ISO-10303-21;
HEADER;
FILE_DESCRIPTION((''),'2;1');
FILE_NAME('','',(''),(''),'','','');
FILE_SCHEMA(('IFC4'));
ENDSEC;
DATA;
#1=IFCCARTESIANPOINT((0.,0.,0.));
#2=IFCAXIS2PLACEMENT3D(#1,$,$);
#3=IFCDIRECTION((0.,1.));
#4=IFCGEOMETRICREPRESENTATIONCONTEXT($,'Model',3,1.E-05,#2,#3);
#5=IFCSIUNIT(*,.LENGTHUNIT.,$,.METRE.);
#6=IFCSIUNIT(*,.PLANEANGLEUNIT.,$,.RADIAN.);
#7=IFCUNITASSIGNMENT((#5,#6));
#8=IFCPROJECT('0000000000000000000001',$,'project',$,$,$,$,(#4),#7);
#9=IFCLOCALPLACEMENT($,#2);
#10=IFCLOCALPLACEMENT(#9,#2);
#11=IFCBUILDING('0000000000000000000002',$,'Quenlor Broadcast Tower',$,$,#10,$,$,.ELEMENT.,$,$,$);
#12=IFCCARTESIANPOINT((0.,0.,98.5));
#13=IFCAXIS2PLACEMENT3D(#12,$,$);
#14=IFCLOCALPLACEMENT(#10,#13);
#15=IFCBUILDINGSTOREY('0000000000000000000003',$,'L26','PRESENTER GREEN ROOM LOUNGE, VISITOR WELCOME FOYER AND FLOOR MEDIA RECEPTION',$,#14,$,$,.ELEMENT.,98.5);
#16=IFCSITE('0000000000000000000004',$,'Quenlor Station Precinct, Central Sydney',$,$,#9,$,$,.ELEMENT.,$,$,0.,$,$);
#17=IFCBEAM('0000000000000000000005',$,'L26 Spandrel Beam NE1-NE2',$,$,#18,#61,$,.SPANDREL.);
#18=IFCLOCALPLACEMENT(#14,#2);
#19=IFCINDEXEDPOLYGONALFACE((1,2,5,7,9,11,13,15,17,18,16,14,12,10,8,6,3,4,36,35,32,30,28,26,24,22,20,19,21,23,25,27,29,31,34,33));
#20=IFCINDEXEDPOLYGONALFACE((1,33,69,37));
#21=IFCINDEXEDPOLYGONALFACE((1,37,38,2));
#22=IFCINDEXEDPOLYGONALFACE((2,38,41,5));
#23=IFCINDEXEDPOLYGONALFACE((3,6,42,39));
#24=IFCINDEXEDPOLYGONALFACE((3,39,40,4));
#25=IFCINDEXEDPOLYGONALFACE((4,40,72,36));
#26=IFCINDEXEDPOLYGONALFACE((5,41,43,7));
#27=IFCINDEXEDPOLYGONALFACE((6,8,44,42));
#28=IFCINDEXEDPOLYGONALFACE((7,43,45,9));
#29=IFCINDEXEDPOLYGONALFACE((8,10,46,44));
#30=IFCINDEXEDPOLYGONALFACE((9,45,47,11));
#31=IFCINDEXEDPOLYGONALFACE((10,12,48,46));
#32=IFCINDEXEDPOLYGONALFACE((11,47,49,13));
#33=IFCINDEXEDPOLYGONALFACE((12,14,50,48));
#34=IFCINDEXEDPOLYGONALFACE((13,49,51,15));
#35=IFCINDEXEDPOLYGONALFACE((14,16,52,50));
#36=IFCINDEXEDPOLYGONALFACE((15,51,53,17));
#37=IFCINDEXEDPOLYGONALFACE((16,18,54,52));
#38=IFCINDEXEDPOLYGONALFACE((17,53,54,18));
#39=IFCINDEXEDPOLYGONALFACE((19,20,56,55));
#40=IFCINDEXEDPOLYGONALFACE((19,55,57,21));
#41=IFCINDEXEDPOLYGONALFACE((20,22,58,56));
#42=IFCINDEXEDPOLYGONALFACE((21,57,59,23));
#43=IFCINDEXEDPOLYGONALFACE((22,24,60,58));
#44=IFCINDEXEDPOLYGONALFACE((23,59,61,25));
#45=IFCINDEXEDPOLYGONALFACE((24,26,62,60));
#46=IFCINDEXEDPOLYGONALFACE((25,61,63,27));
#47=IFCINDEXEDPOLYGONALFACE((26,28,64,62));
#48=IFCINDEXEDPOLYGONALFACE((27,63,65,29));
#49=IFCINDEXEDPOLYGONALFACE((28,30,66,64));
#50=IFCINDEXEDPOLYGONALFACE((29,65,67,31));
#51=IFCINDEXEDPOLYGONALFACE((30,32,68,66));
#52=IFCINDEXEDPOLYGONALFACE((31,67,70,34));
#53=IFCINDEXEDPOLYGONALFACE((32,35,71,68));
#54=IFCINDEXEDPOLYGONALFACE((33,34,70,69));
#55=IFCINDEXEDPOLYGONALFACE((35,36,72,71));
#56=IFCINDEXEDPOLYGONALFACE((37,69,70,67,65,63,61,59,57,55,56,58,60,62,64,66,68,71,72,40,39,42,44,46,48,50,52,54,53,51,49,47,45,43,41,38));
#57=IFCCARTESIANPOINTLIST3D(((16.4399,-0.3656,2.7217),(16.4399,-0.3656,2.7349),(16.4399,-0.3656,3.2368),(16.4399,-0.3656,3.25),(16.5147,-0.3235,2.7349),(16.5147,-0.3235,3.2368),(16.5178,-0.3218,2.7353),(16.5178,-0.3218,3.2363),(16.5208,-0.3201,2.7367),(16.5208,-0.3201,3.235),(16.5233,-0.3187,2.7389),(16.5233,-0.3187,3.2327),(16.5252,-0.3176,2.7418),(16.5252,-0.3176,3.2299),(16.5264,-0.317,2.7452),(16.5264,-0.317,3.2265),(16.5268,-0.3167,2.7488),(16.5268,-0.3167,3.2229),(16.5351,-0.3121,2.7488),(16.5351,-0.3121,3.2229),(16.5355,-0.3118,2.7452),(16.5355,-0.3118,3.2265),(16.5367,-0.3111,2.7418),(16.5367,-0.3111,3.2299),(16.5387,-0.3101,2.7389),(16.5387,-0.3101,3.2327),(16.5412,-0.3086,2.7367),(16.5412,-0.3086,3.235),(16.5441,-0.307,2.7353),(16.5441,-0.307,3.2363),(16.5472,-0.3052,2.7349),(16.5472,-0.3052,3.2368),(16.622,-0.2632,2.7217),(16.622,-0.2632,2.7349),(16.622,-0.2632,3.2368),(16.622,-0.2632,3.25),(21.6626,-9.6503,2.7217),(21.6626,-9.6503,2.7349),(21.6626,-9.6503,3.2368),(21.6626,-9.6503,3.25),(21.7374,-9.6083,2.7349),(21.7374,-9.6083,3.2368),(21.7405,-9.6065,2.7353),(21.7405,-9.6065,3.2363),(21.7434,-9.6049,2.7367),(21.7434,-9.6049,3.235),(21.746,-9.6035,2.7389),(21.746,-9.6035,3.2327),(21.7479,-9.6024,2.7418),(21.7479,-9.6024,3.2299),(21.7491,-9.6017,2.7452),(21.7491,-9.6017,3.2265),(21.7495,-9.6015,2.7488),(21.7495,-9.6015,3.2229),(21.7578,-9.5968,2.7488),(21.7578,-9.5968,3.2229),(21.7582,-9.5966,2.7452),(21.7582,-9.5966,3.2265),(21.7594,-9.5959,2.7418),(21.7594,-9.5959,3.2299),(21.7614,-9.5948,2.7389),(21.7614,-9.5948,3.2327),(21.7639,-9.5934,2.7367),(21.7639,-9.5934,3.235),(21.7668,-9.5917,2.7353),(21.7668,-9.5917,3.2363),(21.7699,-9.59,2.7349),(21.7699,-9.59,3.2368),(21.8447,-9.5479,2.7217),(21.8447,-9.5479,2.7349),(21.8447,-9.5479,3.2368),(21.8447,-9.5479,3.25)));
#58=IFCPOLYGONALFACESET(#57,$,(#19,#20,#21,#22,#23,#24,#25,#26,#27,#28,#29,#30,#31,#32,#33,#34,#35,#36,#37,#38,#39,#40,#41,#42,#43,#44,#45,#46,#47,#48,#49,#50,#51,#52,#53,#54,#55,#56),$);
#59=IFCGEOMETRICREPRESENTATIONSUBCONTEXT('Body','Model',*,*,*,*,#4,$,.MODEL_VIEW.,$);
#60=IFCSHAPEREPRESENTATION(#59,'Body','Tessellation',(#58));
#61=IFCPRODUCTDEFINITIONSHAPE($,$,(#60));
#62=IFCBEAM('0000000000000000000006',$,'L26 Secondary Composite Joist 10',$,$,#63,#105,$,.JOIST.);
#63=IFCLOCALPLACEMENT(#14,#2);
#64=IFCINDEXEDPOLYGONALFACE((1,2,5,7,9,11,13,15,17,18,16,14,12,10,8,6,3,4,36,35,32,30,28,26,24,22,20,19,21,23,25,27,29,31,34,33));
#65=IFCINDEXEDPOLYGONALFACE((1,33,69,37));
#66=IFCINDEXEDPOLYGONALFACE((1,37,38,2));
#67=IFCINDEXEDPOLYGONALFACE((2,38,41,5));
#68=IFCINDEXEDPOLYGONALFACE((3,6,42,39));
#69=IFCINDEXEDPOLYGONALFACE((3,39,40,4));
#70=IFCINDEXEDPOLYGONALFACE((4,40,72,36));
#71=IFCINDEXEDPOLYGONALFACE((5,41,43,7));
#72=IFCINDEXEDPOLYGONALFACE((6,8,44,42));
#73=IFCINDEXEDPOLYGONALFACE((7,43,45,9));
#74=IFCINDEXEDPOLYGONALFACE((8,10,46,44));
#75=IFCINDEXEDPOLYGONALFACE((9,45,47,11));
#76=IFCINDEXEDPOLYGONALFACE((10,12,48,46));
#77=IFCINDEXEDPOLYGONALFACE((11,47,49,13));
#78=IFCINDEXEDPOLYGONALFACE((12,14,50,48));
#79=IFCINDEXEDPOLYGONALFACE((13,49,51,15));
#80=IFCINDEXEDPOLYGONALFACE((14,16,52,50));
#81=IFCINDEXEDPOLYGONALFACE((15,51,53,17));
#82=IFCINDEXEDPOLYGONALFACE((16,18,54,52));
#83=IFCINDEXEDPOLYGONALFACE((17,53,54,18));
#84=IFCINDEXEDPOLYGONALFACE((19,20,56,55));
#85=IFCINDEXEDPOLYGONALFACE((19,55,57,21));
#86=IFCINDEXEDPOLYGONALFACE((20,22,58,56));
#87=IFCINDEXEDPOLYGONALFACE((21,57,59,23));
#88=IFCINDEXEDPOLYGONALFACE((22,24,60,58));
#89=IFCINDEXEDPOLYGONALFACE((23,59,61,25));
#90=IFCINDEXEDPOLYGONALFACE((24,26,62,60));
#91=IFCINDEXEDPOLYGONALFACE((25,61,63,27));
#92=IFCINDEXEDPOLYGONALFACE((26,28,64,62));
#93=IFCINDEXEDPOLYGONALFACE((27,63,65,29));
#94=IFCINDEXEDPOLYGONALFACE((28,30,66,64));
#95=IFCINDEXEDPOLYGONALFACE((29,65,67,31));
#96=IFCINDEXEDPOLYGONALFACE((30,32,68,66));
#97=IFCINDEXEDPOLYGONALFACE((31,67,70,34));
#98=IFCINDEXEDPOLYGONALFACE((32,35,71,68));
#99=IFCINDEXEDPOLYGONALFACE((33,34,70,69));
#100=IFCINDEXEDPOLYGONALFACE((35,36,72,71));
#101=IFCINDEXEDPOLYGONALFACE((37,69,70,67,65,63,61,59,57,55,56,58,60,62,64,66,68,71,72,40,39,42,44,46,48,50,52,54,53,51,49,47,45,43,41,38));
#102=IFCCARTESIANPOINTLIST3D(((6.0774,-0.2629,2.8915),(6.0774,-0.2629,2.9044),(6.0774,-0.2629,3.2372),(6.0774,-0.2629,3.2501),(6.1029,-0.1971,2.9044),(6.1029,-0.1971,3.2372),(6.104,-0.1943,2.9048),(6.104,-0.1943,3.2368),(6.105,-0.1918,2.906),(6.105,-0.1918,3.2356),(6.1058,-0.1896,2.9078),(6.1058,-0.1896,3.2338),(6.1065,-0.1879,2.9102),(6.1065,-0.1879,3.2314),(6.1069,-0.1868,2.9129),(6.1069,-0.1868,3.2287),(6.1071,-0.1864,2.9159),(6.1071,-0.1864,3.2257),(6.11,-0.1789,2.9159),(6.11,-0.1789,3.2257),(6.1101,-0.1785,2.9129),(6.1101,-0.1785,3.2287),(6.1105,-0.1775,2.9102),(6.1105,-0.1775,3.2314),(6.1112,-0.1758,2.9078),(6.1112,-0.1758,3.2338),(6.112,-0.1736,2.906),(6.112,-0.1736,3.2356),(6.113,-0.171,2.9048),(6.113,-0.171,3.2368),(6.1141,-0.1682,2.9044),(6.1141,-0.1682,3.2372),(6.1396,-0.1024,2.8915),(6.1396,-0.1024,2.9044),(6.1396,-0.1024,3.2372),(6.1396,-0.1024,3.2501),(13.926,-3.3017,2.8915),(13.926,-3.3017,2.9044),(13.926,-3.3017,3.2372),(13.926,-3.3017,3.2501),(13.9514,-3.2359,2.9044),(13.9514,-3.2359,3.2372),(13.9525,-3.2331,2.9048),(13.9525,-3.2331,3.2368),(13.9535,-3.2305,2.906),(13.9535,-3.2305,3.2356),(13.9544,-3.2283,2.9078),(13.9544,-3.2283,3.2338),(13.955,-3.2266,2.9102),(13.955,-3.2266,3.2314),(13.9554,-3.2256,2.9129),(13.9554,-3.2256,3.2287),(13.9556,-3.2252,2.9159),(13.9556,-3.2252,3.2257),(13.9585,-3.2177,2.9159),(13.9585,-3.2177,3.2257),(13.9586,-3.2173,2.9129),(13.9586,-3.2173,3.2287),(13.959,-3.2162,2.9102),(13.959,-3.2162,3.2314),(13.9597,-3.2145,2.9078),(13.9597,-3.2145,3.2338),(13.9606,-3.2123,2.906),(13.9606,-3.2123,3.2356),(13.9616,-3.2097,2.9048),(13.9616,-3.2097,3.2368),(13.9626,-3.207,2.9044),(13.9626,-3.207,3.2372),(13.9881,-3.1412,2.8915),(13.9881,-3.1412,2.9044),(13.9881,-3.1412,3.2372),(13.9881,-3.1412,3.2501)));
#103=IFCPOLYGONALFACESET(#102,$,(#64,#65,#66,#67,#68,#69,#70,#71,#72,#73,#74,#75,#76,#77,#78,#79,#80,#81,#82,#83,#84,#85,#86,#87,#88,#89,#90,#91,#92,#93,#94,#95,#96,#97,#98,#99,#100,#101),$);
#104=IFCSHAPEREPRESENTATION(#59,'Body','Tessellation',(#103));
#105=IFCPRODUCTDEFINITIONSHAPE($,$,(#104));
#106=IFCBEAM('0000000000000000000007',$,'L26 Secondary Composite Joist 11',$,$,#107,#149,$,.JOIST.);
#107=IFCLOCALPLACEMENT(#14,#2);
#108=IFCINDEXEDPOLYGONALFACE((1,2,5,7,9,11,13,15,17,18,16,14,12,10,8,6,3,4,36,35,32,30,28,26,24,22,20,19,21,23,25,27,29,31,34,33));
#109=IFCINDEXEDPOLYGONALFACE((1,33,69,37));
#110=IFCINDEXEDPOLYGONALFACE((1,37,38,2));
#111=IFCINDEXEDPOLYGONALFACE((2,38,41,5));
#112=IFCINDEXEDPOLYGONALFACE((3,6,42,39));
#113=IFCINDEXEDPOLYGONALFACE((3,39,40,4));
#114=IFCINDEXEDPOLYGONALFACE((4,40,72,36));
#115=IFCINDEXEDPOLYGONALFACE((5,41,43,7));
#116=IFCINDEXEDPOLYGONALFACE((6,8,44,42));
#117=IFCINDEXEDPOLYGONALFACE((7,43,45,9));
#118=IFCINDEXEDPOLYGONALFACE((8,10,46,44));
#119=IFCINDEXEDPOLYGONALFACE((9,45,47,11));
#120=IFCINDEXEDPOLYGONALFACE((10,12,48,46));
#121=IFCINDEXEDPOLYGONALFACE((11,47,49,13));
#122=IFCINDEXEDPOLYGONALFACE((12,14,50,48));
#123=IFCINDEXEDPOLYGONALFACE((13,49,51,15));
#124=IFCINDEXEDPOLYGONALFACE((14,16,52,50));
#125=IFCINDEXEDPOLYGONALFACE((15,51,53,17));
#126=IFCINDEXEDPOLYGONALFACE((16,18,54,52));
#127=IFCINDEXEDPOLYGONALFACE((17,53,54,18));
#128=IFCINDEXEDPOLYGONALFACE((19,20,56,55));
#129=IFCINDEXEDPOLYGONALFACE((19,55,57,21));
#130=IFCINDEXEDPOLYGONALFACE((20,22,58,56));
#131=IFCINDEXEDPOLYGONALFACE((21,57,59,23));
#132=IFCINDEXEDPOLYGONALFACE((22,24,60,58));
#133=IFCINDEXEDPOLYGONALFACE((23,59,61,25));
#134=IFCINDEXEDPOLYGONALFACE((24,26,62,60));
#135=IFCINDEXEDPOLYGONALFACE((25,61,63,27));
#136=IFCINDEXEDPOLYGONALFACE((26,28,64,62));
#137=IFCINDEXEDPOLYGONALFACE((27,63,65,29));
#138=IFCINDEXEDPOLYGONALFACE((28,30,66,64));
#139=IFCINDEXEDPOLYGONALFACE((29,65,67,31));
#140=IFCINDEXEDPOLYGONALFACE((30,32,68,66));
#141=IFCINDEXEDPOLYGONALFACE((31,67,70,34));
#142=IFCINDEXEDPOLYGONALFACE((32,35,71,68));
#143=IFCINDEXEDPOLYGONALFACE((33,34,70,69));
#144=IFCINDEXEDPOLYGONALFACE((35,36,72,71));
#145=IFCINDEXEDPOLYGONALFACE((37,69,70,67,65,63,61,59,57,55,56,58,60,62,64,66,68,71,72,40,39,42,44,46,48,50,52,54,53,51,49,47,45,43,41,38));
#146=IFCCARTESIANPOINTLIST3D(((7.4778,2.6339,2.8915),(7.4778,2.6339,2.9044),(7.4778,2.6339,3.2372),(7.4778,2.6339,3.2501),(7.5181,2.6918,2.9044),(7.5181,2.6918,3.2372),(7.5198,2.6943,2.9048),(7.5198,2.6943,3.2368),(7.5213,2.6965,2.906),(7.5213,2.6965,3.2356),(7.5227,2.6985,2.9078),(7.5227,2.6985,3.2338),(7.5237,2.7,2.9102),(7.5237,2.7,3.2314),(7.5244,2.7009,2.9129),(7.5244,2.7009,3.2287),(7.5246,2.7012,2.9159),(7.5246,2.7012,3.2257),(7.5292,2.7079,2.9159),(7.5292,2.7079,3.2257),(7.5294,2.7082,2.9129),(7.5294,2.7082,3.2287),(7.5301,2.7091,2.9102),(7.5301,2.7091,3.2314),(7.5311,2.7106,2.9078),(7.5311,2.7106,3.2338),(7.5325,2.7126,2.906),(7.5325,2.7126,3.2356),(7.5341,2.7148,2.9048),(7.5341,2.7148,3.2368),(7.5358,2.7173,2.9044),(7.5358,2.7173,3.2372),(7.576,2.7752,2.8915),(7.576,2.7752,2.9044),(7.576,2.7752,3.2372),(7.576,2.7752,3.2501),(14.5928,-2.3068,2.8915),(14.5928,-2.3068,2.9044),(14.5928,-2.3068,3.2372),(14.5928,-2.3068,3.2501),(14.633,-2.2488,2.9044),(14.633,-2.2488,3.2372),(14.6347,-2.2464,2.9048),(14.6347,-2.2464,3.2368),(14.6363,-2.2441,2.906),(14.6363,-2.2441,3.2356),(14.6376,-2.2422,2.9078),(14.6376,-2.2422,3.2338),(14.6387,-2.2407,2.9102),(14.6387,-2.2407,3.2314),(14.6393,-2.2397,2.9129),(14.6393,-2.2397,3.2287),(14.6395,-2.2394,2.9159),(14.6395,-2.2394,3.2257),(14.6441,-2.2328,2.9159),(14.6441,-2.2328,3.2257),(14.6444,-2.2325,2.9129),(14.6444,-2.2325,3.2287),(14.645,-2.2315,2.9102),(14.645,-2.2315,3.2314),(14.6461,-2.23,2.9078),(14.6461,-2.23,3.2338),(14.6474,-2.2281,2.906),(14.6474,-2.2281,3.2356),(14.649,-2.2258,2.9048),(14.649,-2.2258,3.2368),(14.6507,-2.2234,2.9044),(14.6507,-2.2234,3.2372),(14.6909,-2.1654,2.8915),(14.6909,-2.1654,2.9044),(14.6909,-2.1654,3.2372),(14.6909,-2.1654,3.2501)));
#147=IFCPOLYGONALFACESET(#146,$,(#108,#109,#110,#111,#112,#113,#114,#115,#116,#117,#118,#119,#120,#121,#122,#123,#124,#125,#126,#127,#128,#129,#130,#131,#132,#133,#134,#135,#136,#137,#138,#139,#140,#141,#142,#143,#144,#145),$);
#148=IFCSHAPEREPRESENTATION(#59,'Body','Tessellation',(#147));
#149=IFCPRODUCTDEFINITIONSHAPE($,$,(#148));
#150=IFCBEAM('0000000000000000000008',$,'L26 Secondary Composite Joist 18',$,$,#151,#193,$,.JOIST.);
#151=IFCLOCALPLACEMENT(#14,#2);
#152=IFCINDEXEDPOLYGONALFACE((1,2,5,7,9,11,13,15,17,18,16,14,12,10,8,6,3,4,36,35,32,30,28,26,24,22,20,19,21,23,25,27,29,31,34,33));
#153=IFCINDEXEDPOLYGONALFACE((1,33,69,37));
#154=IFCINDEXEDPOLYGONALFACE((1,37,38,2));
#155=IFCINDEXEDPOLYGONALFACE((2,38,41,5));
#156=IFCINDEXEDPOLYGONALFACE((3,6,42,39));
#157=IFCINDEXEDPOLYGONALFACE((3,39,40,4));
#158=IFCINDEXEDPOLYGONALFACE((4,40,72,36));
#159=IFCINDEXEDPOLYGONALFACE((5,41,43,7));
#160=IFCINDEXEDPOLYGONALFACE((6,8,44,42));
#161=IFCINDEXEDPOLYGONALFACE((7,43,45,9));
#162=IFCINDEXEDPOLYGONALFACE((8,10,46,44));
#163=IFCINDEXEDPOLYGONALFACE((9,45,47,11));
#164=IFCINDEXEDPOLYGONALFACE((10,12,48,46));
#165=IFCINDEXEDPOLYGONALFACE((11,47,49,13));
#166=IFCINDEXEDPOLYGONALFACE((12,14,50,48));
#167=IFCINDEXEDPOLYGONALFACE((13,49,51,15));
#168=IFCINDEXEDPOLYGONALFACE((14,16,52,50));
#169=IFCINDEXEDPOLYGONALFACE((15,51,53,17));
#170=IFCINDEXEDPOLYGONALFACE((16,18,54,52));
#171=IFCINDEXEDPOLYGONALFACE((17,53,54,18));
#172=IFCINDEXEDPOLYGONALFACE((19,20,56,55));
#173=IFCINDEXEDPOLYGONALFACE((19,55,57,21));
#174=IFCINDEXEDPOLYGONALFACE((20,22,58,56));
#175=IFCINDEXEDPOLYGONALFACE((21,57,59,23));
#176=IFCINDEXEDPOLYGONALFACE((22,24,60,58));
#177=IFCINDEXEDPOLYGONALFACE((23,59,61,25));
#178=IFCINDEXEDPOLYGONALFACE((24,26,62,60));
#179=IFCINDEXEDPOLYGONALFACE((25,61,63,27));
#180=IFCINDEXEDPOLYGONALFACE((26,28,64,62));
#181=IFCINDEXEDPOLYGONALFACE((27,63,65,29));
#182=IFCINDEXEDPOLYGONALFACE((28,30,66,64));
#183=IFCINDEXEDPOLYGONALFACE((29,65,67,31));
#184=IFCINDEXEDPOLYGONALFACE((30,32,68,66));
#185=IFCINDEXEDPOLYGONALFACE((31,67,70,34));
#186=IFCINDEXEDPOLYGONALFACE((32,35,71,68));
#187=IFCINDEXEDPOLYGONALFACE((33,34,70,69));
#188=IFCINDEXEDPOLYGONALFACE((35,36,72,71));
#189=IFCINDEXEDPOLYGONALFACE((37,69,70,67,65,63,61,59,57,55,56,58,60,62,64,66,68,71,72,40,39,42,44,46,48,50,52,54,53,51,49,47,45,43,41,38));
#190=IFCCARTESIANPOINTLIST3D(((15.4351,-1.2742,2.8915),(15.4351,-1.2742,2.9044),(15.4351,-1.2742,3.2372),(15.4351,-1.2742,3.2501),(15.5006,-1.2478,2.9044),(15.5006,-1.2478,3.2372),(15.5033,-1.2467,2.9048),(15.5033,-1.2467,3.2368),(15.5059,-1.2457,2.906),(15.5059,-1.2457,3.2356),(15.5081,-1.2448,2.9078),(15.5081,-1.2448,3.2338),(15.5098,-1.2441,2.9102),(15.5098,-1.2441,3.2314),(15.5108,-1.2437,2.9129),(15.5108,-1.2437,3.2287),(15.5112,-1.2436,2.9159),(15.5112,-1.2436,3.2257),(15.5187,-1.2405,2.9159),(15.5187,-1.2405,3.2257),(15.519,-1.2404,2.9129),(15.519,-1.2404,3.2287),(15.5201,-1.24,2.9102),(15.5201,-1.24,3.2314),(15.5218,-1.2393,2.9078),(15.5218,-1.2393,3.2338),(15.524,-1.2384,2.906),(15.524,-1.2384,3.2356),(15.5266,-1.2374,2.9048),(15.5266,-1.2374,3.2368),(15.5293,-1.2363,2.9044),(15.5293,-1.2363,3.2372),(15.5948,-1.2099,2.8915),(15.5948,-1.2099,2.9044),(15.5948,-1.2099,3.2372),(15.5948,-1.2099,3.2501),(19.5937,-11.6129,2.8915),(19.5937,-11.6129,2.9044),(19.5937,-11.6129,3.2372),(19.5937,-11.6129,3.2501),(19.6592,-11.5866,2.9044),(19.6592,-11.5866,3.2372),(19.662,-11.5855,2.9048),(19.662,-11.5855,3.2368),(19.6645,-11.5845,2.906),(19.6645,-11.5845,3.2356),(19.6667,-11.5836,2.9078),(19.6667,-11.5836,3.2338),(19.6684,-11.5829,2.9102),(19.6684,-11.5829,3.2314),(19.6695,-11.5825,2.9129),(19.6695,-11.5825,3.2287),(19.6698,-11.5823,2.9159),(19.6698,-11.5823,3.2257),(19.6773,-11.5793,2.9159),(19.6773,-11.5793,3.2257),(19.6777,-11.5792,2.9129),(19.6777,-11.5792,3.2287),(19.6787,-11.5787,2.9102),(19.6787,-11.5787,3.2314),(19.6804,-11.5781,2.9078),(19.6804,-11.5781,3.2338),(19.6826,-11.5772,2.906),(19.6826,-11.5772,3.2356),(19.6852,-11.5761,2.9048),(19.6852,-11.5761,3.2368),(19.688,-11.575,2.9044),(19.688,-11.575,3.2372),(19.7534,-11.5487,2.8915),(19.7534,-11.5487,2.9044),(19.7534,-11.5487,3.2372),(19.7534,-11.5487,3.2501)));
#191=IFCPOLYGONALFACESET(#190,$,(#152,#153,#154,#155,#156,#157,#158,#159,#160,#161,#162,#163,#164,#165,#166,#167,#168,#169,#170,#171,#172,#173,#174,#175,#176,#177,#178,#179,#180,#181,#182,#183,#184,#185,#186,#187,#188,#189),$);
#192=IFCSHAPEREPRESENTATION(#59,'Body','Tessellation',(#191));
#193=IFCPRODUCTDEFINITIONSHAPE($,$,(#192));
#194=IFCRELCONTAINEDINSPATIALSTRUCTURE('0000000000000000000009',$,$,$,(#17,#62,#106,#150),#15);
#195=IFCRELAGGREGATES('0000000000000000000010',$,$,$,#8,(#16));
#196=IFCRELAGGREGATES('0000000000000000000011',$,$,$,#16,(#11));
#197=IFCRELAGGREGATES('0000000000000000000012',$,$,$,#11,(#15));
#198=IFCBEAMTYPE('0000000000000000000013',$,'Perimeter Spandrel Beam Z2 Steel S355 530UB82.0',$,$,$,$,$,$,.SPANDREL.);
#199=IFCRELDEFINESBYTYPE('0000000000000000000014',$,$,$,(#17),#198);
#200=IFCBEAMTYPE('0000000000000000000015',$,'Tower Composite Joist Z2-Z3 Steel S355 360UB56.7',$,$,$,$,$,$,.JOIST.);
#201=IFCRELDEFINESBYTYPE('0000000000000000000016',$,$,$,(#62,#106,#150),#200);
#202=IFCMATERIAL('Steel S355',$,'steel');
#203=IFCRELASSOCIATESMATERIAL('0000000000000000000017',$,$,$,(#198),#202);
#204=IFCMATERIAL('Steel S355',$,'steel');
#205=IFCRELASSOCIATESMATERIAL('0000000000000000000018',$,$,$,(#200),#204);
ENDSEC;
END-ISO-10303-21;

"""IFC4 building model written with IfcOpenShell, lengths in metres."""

from ifc_helpers import new_model, si_unit, direction, frame, origin, origin_2d, place, context, subcontext, project, spatial, i_section, extrude, material, material_profile, profile_set, type_object, element, save


model = new_model("IFC4")

# Units and contexts
model_context = context("Model", 3, precision=1e-05, world=origin(), true_north=direction((0.0, 1.0)))
body_context = subcontext(model_context, "Body", "Model", "MODEL_VIEW")
ifc_project = project(units=[si_unit("LENGTHUNIT", "METRE"), si_unit("PLANEANGLEUNIT", "RADIAN")], contexts=[model_context])

# Site, building, storey
site_placement = place(None, origin())
site = spatial("IfcSite", under=ifc_project, at=site_placement, Name="Quenlor Station Precinct, Central Sydney", CompositionType="ELEMENT", RefElevation=0.0)
building_placement = place(site_placement, origin())
building = spatial("IfcBuilding", under=site, at=building_placement, Name="Quenlor Broadcast Tower", CompositionType="ELEMENT")
storey_placement = place(building_placement, frame((0.0, 0.0, 98.5)))
storey = spatial("IfcBuildingStorey", under=building, at=storey_placement, Name="L26", Description="PRESENTER GREEN ROOM LOUNGE, VISITOR WELCOME FOYER AND FLOOR MEDIA RECEPTION", CompositionType="ELEMENT", Elevation=98.5)

# Beams
ifc_material_1 = material(Name="Steel S355", Category="steel")
ifc_material_profile_1 = material_profile(ifc_material_1, i_section(OverallWidth=0.209, OverallDepth=0.5283, WebThickness=0.0095, FlangeThickness=0.0132, FilletRadius=0.0139, at=origin_2d()))
ifc_profile_set_1 = profile_set([ifc_material_profile_1], Name="Steel S355 530UB82.0")
beam_type_1 = type_object("IfcBeamType", Name="Perimeter Spandrel Beam Z2 Steel S355 530UB82.0", PredefinedType="SPANDREL", material=ifc_profile_set_1)
beam_1_placement = place(storey_placement, frame((21.7537, -9.5991, 2.9858), z_axis=(-0.490263, 0.871574, 0.0), x_axis=(-0.871574, -0.490263, 0.0)))
element("IfcBeam", 1, at=beam_1_placement, inside=storey, type_object=beam_type_1, Name="L26 Spandrel Beam NE1-NE2", PredefinedType="SPANDREL", context=body_context, shape_type="SweptSolid", body=[
    extrude(i_section(OverallWidth=0.209, OverallDepth=0.5283, WebThickness=0.0095, FlangeThickness=0.0132, FilletRadius=0.0139, at=origin_2d()), origin(), (0.0, 0.0, 1.0), 10.6528),
])
ifc_material_2 = material(Name="Steel S355", Category="steel")
ifc_material_profile_2 = material_profile(ifc_material_2, i_section(OverallWidth=0.1721, OverallDepth=0.3586, WebThickness=0.0081, FlangeThickness=0.0129, FilletRadius=0.0115, at=origin_2d()))
ifc_profile_set_2 = profile_set([ifc_material_profile_2], Name="Steel S355 360UB56.7")
beam_type_2 = type_object("IfcBeamType", Name="Tower Composite Joist Z2-Z3 Steel S355 360UB56.7", PredefinedType="JOIST", material=ifc_profile_set_2)
beam_2_placement = place(storey_placement, frame((13.957, -3.2214, 3.0708), z_axis=(-0.932543, 0.36106, 0.0), x_axis=(-0.36106, -0.932543, 0.0)))
element("IfcBeam", 2, at=beam_2_placement, inside=storey, type_object=beam_type_2, Name="L26 Secondary Composite Joist 10", PredefinedType="JOIST", context=body_context, shape_type="SweptSolid", body=[
    extrude(i_section(OverallWidth=0.1721, OverallDepth=0.3586, WebThickness=0.0081, FlangeThickness=0.0129, FilletRadius=0.0115, at=origin_2d()), origin(), (0.0, 0.0, 1.0), 8.4163),
])
beam_3_placement = place(storey_placement, frame((14.6418, -2.2361, 3.0708), z_axis=(-0.821386, 0.570373, 0.0), x_axis=(-0.570373, -0.821386, 0.0)))
element("IfcBeam", 3, at=beam_3_placement, inside=storey, type_object=beam_type_2, Name="L26 Secondary Composite Joist 11", PredefinedType="JOIST", context=body_context, shape_type="SweptSolid", body=[
    extrude(i_section(OverallWidth=0.1721, OverallDepth=0.3586, WebThickness=0.0081, FlangeThickness=0.0129, FilletRadius=0.0115, at=origin_2d()), origin(), (0.0, 0.0, 1.0), 8.6621),
])
beam_4_placement = place(storey_placement, frame((19.6736, -11.5808, 3.0708), z_axis=(-0.37318, 0.927759, 0.0), x_axis=(-0.927759, -0.37318, 0.0)))
element("IfcBeam", 4, at=beam_4_placement, inside=storey, type_object=beam_type_2, Name="L26 Secondary Composite Joist 18", PredefinedType="JOIST", context=body_context, shape_type="SweptSolid", body=[
    extrude(i_section(OverallWidth=0.1721, OverallDepth=0.3586, WebThickness=0.0081, FlangeThickness=0.0129, FilletRadius=0.0115, at=origin_2d()), origin(), (0.0, 0.0, 1.0), 11.1438),
])

save(model, "model.ifc")
